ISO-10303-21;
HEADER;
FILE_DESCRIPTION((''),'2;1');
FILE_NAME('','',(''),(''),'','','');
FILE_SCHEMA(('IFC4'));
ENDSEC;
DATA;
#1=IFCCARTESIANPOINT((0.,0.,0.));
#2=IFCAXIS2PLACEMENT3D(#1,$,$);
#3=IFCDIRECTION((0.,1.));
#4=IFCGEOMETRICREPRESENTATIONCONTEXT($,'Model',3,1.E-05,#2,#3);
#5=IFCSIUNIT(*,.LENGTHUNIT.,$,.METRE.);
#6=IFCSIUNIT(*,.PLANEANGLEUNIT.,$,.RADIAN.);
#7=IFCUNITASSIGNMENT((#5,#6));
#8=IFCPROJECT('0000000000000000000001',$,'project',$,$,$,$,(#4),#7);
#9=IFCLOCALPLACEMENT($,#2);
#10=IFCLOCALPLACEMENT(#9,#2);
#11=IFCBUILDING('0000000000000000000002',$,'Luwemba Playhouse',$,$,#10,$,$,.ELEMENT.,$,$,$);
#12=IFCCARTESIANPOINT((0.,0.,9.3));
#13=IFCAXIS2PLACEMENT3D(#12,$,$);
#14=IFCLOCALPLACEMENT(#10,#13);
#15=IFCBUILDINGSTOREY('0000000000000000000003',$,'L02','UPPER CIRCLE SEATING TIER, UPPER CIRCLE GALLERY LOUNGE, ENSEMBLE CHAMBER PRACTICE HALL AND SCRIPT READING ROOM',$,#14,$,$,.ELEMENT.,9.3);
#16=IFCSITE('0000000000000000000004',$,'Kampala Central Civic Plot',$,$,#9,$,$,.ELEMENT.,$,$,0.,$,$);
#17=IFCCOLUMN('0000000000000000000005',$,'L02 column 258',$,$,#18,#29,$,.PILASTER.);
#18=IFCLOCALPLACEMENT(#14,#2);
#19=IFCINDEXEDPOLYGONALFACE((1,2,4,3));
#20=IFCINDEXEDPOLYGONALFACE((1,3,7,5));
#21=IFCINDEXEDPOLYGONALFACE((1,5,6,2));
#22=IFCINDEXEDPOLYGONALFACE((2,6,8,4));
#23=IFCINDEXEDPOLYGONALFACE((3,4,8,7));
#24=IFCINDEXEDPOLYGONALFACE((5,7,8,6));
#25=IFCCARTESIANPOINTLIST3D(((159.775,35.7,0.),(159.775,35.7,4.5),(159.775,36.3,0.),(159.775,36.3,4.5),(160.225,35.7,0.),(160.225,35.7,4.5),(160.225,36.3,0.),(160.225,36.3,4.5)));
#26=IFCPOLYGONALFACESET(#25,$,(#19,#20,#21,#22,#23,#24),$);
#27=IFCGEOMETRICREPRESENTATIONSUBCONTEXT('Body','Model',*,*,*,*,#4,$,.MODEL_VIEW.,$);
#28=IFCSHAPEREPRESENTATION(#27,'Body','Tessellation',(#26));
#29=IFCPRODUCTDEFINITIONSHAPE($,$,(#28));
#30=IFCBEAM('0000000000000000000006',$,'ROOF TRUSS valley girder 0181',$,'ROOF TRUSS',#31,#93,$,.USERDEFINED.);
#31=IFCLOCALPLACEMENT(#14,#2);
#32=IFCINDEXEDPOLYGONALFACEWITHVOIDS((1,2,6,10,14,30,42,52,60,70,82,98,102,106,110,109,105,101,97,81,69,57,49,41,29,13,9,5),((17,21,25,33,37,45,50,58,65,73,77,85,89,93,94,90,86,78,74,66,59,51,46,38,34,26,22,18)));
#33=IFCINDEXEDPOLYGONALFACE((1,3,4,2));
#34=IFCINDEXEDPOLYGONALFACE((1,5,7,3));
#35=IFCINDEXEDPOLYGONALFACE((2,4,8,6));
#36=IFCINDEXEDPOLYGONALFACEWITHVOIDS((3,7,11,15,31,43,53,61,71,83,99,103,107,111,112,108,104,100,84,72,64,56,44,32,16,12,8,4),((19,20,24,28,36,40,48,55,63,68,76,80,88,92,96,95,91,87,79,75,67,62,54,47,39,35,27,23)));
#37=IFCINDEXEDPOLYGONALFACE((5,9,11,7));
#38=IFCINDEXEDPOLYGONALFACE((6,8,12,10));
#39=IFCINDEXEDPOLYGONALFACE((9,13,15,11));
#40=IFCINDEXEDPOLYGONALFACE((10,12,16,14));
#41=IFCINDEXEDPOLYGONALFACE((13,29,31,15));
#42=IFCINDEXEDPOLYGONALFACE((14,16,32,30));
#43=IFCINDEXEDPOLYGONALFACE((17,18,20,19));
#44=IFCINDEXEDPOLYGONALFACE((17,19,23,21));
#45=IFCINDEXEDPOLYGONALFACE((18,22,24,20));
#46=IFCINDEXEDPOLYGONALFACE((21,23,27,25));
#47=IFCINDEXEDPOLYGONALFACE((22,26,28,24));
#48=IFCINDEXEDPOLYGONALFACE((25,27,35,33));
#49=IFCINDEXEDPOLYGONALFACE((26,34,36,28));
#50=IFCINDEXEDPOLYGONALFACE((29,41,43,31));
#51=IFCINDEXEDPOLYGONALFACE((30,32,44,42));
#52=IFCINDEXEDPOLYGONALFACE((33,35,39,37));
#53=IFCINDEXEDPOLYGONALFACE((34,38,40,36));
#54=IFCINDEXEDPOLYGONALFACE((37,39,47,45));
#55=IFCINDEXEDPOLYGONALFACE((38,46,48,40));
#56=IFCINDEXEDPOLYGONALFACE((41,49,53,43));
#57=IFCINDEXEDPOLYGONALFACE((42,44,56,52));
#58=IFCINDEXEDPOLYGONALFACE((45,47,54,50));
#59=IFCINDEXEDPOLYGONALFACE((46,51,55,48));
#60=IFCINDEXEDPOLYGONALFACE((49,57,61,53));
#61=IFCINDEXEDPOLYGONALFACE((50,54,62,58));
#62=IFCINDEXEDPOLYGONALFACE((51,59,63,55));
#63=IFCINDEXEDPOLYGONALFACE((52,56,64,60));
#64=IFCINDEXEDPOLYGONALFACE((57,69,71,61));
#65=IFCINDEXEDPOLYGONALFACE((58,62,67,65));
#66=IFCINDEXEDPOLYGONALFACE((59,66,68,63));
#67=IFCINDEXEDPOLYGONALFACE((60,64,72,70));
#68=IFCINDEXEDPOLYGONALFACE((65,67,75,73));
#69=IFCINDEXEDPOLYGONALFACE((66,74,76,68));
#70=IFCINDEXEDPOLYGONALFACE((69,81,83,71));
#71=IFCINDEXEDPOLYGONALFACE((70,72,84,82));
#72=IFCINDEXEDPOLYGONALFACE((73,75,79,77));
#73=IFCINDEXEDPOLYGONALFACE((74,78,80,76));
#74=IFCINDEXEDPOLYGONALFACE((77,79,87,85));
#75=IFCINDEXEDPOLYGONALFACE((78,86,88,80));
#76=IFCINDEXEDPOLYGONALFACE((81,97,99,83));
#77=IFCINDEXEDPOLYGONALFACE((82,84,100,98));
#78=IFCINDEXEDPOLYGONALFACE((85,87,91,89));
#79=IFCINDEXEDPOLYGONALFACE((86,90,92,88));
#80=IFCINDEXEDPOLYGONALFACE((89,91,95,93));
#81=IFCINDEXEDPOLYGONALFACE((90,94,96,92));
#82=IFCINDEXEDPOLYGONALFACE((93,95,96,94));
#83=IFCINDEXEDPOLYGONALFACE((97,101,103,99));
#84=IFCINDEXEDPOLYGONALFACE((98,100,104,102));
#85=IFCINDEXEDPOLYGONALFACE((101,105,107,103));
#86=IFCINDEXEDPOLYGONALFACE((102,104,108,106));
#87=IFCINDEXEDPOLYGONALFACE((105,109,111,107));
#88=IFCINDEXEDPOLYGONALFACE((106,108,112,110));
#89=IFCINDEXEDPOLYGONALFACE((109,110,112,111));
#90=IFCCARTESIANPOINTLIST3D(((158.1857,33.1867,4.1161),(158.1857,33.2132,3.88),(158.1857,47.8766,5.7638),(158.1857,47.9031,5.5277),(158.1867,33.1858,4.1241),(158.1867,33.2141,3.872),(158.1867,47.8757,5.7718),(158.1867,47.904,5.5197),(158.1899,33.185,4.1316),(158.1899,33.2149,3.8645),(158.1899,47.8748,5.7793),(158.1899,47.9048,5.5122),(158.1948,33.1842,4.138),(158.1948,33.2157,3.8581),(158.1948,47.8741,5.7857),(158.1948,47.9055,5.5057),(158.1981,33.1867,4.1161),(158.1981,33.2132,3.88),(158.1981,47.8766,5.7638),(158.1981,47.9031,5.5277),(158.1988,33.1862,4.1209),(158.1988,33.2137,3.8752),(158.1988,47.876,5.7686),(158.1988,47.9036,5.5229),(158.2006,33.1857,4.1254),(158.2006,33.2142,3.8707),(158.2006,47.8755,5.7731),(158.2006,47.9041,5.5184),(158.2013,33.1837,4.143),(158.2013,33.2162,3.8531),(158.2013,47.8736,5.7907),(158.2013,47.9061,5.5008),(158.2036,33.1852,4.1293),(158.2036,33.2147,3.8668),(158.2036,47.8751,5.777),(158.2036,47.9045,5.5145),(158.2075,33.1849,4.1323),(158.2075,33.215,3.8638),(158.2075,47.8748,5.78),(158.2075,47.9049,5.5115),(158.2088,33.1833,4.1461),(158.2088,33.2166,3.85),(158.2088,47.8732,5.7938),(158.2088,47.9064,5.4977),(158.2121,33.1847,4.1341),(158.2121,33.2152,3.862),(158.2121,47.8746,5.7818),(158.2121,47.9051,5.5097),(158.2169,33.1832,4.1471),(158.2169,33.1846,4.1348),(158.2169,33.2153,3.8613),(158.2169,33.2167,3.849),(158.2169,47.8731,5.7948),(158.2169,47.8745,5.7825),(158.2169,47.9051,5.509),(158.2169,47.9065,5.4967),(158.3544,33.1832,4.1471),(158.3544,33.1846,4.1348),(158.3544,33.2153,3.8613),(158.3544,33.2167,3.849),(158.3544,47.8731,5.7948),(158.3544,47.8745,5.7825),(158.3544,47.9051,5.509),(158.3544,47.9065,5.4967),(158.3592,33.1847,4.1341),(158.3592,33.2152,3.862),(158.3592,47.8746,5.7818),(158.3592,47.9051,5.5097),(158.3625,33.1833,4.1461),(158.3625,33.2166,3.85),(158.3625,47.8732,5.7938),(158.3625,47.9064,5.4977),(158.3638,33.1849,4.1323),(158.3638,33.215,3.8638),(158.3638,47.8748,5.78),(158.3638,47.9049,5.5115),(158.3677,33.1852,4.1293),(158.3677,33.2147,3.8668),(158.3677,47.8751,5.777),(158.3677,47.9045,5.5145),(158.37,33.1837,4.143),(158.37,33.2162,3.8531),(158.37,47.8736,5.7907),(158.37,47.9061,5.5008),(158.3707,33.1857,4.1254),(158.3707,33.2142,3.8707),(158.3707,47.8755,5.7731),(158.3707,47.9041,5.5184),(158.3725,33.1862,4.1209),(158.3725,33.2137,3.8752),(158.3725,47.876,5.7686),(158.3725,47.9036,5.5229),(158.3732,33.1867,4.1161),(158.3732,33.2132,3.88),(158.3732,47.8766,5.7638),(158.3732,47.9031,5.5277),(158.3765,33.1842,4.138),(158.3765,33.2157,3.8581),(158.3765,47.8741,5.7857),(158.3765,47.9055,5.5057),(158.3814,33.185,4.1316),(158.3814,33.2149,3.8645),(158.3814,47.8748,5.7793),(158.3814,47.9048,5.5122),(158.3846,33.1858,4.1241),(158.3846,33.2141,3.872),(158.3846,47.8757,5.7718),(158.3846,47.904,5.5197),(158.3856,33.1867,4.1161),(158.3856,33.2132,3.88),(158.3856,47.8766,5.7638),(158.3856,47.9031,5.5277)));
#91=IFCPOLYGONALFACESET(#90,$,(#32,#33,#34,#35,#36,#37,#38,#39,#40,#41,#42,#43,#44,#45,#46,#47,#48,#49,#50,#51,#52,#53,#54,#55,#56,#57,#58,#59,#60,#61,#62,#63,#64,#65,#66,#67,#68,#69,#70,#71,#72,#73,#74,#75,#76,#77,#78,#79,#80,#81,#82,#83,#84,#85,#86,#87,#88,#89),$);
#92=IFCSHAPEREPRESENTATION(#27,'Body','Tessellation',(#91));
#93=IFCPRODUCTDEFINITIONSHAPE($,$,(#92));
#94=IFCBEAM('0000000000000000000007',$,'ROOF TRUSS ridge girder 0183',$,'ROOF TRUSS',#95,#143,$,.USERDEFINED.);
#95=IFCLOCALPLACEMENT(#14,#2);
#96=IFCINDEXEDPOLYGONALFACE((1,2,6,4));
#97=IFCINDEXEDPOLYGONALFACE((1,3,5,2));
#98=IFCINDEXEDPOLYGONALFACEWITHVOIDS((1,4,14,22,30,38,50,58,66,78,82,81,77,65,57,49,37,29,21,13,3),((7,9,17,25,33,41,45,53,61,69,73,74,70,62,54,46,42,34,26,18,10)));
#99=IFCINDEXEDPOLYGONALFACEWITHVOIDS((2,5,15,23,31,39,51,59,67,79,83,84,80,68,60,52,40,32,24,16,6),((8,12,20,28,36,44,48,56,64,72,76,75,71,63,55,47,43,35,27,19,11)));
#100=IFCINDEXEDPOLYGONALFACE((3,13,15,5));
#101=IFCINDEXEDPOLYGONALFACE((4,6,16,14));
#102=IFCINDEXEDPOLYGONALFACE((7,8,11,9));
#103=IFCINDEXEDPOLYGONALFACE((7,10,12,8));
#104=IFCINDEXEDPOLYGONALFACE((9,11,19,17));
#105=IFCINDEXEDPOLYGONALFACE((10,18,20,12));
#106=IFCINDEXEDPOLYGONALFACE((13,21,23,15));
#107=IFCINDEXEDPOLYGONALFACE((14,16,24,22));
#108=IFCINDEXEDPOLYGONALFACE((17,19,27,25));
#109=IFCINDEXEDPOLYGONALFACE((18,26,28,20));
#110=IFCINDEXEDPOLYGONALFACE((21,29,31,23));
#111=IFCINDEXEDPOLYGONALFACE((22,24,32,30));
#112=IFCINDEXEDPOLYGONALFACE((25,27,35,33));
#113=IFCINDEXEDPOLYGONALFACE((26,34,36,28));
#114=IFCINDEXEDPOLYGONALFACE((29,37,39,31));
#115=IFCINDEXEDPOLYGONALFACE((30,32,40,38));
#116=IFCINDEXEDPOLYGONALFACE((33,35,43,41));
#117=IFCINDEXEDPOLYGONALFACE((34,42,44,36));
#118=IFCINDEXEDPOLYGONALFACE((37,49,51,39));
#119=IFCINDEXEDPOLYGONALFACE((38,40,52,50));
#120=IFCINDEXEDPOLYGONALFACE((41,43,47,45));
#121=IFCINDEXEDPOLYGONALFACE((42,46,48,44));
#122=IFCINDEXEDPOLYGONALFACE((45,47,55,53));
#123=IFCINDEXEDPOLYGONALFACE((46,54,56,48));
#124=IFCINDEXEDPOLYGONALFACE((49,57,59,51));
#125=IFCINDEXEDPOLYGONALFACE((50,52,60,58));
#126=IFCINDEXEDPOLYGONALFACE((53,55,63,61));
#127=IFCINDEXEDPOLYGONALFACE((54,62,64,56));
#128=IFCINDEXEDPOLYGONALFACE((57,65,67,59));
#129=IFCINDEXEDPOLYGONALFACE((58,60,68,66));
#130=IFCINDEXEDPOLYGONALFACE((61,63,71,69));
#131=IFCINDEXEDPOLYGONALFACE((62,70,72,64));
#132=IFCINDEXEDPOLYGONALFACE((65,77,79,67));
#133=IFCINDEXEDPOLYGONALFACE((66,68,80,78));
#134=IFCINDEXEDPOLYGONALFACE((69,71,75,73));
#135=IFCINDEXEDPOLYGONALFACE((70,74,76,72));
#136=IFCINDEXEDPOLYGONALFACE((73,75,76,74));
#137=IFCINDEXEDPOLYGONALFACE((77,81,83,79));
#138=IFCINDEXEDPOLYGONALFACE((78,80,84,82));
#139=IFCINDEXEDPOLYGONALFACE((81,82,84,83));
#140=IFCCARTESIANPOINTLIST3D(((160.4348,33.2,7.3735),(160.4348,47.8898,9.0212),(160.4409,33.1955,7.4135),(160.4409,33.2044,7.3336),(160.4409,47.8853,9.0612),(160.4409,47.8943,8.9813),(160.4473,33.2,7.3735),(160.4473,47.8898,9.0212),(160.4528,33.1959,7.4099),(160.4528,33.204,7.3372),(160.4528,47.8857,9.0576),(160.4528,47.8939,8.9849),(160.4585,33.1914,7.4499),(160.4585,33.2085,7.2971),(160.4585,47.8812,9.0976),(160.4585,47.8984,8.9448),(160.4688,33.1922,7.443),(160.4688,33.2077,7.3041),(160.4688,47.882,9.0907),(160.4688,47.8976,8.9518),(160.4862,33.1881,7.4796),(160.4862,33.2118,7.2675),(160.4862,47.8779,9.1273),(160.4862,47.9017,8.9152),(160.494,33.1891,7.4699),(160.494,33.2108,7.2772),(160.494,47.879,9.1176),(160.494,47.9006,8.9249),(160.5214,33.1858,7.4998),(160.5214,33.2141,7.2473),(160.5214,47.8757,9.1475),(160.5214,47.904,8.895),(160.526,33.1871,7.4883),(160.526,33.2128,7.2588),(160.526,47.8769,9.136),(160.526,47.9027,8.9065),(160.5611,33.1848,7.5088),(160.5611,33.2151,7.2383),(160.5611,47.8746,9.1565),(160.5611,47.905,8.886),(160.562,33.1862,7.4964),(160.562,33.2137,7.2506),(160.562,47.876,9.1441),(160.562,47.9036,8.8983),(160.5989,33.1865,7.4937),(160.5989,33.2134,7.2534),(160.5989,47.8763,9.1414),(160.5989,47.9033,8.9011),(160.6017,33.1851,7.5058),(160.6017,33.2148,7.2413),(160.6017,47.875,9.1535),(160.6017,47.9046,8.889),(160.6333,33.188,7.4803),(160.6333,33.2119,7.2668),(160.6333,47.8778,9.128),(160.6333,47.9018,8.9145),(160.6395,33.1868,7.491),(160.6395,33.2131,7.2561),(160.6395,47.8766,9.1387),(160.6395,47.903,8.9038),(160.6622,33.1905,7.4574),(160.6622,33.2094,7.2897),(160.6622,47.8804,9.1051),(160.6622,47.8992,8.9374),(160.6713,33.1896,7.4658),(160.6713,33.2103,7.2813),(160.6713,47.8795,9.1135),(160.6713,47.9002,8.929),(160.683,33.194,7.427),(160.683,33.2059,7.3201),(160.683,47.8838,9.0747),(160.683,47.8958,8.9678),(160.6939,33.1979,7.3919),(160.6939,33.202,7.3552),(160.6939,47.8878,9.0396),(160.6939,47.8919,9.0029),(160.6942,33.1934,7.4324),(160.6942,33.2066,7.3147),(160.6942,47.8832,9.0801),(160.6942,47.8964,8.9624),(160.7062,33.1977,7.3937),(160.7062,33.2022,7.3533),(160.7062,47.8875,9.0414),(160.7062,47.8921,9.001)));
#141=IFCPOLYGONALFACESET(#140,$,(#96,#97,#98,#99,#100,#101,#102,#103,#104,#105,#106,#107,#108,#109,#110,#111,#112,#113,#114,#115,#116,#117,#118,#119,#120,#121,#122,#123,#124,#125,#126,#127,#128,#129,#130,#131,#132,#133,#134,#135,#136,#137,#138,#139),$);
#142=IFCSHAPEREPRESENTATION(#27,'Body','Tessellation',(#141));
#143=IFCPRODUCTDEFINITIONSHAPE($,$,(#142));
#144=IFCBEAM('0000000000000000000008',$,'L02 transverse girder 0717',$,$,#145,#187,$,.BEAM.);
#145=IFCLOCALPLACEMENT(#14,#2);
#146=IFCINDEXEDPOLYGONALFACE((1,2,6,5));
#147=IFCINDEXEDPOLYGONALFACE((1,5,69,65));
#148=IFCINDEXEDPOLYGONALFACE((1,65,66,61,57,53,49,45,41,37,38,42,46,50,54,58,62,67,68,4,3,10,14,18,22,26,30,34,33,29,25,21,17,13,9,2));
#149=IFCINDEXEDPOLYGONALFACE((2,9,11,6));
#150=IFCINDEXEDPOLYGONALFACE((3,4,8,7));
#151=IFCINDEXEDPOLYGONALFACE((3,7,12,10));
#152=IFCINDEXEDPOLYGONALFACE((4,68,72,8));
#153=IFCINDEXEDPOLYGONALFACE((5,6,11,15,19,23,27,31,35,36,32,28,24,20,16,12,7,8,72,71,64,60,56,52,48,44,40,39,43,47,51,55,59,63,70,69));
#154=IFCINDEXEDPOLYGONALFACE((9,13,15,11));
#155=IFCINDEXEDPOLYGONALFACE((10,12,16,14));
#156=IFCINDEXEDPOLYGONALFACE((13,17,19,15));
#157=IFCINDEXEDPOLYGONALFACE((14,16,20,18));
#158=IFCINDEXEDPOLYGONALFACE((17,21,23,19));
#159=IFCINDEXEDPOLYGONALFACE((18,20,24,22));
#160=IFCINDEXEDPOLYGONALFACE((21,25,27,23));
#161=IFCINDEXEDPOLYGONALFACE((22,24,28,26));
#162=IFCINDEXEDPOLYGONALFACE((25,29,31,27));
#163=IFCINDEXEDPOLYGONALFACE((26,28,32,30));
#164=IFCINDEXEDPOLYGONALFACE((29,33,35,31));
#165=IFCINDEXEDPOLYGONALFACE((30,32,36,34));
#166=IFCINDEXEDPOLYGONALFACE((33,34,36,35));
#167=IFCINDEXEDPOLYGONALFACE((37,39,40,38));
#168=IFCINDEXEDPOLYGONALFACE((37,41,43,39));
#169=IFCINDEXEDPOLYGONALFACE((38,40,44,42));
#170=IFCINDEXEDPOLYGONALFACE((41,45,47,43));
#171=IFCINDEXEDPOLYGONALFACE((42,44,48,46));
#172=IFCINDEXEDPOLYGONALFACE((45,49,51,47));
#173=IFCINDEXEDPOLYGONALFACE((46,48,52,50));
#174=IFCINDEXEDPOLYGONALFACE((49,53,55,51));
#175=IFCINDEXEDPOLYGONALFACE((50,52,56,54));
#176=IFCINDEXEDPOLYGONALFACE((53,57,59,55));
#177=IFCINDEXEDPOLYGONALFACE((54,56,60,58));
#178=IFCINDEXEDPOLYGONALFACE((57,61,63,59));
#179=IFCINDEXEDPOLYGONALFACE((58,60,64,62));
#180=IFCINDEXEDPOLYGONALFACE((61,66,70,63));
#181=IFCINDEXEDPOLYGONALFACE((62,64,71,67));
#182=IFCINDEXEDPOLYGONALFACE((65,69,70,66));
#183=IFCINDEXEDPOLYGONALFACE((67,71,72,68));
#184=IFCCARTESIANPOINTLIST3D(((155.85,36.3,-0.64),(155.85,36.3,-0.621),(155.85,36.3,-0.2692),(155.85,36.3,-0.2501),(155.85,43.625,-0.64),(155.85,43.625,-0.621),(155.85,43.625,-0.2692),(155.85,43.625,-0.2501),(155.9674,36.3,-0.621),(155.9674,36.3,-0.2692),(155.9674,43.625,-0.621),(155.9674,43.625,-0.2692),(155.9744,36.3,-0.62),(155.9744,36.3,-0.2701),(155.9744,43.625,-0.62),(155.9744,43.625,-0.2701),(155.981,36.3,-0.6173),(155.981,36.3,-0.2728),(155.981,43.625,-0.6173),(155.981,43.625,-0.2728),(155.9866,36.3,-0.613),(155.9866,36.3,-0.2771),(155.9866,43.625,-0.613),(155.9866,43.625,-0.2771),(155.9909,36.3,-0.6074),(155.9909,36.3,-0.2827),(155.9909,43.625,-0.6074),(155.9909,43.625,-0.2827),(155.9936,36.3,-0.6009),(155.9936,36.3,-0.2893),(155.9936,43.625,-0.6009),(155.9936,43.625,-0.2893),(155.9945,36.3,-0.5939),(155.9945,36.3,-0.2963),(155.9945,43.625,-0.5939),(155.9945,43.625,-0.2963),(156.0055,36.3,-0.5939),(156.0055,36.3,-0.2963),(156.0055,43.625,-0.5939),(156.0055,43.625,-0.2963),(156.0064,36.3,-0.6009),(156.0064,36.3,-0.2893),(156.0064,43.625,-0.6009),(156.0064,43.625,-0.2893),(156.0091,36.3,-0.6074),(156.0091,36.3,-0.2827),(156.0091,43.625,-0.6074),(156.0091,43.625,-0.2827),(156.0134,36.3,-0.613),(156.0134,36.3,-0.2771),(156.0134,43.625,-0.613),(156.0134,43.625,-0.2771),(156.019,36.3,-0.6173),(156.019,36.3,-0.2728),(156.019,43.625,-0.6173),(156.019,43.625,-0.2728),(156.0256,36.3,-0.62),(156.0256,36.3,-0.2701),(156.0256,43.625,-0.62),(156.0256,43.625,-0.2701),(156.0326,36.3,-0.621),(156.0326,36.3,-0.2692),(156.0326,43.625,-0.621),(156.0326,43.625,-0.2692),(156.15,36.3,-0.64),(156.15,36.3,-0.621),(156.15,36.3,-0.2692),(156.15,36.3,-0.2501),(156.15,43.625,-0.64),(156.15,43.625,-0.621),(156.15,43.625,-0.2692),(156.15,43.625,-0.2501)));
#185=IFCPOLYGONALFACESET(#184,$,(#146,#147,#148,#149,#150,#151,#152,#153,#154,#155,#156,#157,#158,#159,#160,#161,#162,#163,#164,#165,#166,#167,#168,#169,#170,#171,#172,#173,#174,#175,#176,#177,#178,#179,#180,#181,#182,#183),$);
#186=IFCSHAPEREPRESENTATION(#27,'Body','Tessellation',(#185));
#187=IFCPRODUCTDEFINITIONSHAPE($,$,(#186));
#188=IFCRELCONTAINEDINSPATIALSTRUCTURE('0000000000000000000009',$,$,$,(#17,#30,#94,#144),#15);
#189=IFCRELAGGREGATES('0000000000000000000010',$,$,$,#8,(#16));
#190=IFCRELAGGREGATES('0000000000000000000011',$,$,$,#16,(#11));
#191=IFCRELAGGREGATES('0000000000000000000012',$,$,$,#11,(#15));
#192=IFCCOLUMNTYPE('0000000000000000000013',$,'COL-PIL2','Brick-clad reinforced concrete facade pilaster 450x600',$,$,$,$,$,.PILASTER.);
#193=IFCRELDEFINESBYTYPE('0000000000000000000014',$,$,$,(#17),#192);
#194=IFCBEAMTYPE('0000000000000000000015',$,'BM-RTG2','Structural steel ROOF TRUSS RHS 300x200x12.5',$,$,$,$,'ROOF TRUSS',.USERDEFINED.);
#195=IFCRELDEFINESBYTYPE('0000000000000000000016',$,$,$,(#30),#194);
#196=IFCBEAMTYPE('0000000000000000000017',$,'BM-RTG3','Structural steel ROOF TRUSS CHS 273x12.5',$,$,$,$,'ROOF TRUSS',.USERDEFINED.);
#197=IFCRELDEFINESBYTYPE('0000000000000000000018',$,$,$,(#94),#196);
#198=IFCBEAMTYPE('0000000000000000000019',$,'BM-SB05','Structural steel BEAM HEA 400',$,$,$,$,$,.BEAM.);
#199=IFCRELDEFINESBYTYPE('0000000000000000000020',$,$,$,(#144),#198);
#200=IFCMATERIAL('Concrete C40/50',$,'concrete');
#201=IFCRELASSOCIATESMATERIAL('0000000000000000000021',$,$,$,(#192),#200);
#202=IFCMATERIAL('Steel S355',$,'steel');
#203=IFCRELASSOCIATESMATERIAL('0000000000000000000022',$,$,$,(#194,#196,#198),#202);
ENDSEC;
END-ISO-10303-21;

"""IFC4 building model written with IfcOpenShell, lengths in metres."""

from ifc_helpers import new_model, si_unit, direction, frame, origin, origin_2d, place, context, subcontext, project, spatial, rectangle, hollow_rectangle, hollow_circle, i_section, extrude, material, material_profile, profile_set, type_object, element, save


model = new_model("IFC4")

# Units and contexts
model_context = context("Model", 3, precision=1e-05, world=origin(), true_north=direction((0.0, 1.0)))
body_context = subcontext(model_context, "Body", "Model", "MODEL_VIEW")
ifc_project = project(units=[si_unit("LENGTHUNIT", "METRE"), si_unit("PLANEANGLEUNIT", "RADIAN")], contexts=[model_context])

# Site, building, storey
site_placement = place(None, origin())
site = spatial("IfcSite", under=ifc_project, at=site_placement, Name="Kampala Central Civic Plot", CompositionType="ELEMENT", RefElevation=0.0)
building_placement = place(site_placement, origin())
building = spatial("IfcBuilding", under=site, at=building_placement, Name="Luwemba Playhouse", CompositionType="ELEMENT")
storey_placement = place(building_placement, frame((0.0, 0.0, 9.3)))
storey = spatial("IfcBuildingStorey", under=building, at=storey_placement, Name="L02", Description="UPPER CIRCLE SEATING TIER, UPPER CIRCLE GALLERY LOUNGE, ENSEMBLE CHAMBER PRACTICE HALL AND SCRIPT READING ROOM", CompositionType="ELEMENT", Elevation=9.3)

# Column
ifc_material_1 = material(Name="Concrete C40/50", Category="concrete")
ifc_material_profile_1 = material_profile(ifc_material_1, rectangle(XDim=0.45, YDim=0.6001, at=origin_2d()))
ifc_profile_set_1 = profile_set([ifc_material_profile_1], Name="Concrete C40/50")
column_type = type_object("IfcColumnType", Name="COL-PIL2", Description="Brick-clad reinforced concrete facade pilaster 450x600", PredefinedType="PILASTER", material=ifc_profile_set_1)
column_placement = place(storey_placement, frame((160.0, 36.0, 0.0), z_axis=(0.0, 0.0, 1.0), x_axis=(1.0, 0.0, 0.0)))
element("IfcColumn", 1, at=column_placement, inside=storey, type_object=column_type, Name="L02 column 258", PredefinedType="PILASTER", context=body_context, shape_type="SweptSolid", body=[
    extrude(rectangle(XDim=0.45, YDim=0.6001, at=origin_2d()), origin(), (0.0, 0.0, 1.0), 4.5),
])

# Beams
ifc_material_2 = material(Name="Steel S355", Category="steel")
ifc_material_profile_2 = material_profile(ifc_material_2, hollow_rectangle(XDim=0.2, YDim=0.3, WallThickness=0.0125, InnerFilletRadius=0.0188, OuterFilletRadius=0.0312, at=origin_2d()))
ifc_profile_set_2 = profile_set([ifc_material_profile_2], Name="Steel S355")
beam_type_1 = type_object("IfcBeamType", Name="BM-RTG2", Description="Structural steel ROOF TRUSS RHS 300x200x12.5", ElementType="ROOF TRUSS", PredefinedType="USERDEFINED", material=ifc_profile_set_2)
beam_1_placement = place(storey_placement, frame((158.2856, 33.2, 3.998), z_axis=(0.0, 0.993768, 0.111467), x_axis=(-1.0, 0.0, 0.0)))
element("IfcBeam", 2, at=beam_1_placement, inside=storey, type_object=beam_type_1, Name="ROOF TRUSS valley girder 0181", ObjectType="ROOF TRUSS", PredefinedType="USERDEFINED", context=body_context, shape_type="SweptSolid", body=[
    extrude(hollow_rectangle(XDim=0.2, YDim=0.3, WallThickness=0.0125, InnerFilletRadius=0.0188, OuterFilletRadius=0.0312, at=origin_2d()), origin(), (0.0, 0.0, 1.0), 14.782),
])
ifc_material_profile_3 = material_profile(ifc_material_2, hollow_circle(Radius=0.1365, WallThickness=0.0125, at=origin_2d()))
ifc_profile_set_3 = profile_set([ifc_material_profile_3], Name="Steel S355")
beam_type_2 = type_object("IfcBeamType", Name="BM-RTG3", Description="Structural steel ROOF TRUSS CHS 273x12.5", ElementType="ROOF TRUSS", PredefinedType="USERDEFINED", material=ifc_profile_set_3)
beam_2_placement = place(storey_placement, frame((160.5713, 33.2, 7.3735), z_axis=(0.0, 0.993768, 0.111467), x_axis=(-1.0, 0.0, 0.0)))
element("IfcBeam", 3, at=beam_2_placement, inside=storey, type_object=beam_type_2, Name="ROOF TRUSS ridge girder 0183", ObjectType="ROOF TRUSS", PredefinedType="USERDEFINED", context=body_context, shape_type="SweptSolid", body=[
    extrude(hollow_circle(Radius=0.1365, WallThickness=0.0125, at=origin_2d()), origin(), (0.0, 0.0, 1.0), 14.782),
])
ifc_material_profile_4 = material_profile(ifc_material_2, i_section(OverallWidth=0.3, OverallDepth=0.3899, WebThickness=0.011, FlangeThickness=0.019, FilletRadius=0.0271, at=origin_2d()))
ifc_profile_set_4 = profile_set([ifc_material_profile_4], Name="Steel S355")
beam_type_3 = type_object("IfcBeamType", Name="BM-SB05", Description="Structural steel BEAM HEA 400", PredefinedType="BEAM", material=ifc_profile_set_4)
beam_3_placement = place(storey_placement, frame((156.0, 36.3, -0.4451), z_axis=(0.0, 1.0, 0.0), x_axis=(-1.0, 0.0, 0.0)))
element("IfcBeam", 4, at=beam_3_placement, inside=storey, type_object=beam_type_3, Name="L02 transverse girder 0717", PredefinedType="BEAM", context=body_context, shape_type="SweptSolid", body=[
    extrude(i_section(OverallWidth=0.3, OverallDepth=0.3899, WebThickness=0.011, FlangeThickness=0.019, FilletRadius=0.0271, at=origin_2d()), origin(), (0.0, 0.0, 1.0), 7.325),
])

save(model, "model.ifc")
